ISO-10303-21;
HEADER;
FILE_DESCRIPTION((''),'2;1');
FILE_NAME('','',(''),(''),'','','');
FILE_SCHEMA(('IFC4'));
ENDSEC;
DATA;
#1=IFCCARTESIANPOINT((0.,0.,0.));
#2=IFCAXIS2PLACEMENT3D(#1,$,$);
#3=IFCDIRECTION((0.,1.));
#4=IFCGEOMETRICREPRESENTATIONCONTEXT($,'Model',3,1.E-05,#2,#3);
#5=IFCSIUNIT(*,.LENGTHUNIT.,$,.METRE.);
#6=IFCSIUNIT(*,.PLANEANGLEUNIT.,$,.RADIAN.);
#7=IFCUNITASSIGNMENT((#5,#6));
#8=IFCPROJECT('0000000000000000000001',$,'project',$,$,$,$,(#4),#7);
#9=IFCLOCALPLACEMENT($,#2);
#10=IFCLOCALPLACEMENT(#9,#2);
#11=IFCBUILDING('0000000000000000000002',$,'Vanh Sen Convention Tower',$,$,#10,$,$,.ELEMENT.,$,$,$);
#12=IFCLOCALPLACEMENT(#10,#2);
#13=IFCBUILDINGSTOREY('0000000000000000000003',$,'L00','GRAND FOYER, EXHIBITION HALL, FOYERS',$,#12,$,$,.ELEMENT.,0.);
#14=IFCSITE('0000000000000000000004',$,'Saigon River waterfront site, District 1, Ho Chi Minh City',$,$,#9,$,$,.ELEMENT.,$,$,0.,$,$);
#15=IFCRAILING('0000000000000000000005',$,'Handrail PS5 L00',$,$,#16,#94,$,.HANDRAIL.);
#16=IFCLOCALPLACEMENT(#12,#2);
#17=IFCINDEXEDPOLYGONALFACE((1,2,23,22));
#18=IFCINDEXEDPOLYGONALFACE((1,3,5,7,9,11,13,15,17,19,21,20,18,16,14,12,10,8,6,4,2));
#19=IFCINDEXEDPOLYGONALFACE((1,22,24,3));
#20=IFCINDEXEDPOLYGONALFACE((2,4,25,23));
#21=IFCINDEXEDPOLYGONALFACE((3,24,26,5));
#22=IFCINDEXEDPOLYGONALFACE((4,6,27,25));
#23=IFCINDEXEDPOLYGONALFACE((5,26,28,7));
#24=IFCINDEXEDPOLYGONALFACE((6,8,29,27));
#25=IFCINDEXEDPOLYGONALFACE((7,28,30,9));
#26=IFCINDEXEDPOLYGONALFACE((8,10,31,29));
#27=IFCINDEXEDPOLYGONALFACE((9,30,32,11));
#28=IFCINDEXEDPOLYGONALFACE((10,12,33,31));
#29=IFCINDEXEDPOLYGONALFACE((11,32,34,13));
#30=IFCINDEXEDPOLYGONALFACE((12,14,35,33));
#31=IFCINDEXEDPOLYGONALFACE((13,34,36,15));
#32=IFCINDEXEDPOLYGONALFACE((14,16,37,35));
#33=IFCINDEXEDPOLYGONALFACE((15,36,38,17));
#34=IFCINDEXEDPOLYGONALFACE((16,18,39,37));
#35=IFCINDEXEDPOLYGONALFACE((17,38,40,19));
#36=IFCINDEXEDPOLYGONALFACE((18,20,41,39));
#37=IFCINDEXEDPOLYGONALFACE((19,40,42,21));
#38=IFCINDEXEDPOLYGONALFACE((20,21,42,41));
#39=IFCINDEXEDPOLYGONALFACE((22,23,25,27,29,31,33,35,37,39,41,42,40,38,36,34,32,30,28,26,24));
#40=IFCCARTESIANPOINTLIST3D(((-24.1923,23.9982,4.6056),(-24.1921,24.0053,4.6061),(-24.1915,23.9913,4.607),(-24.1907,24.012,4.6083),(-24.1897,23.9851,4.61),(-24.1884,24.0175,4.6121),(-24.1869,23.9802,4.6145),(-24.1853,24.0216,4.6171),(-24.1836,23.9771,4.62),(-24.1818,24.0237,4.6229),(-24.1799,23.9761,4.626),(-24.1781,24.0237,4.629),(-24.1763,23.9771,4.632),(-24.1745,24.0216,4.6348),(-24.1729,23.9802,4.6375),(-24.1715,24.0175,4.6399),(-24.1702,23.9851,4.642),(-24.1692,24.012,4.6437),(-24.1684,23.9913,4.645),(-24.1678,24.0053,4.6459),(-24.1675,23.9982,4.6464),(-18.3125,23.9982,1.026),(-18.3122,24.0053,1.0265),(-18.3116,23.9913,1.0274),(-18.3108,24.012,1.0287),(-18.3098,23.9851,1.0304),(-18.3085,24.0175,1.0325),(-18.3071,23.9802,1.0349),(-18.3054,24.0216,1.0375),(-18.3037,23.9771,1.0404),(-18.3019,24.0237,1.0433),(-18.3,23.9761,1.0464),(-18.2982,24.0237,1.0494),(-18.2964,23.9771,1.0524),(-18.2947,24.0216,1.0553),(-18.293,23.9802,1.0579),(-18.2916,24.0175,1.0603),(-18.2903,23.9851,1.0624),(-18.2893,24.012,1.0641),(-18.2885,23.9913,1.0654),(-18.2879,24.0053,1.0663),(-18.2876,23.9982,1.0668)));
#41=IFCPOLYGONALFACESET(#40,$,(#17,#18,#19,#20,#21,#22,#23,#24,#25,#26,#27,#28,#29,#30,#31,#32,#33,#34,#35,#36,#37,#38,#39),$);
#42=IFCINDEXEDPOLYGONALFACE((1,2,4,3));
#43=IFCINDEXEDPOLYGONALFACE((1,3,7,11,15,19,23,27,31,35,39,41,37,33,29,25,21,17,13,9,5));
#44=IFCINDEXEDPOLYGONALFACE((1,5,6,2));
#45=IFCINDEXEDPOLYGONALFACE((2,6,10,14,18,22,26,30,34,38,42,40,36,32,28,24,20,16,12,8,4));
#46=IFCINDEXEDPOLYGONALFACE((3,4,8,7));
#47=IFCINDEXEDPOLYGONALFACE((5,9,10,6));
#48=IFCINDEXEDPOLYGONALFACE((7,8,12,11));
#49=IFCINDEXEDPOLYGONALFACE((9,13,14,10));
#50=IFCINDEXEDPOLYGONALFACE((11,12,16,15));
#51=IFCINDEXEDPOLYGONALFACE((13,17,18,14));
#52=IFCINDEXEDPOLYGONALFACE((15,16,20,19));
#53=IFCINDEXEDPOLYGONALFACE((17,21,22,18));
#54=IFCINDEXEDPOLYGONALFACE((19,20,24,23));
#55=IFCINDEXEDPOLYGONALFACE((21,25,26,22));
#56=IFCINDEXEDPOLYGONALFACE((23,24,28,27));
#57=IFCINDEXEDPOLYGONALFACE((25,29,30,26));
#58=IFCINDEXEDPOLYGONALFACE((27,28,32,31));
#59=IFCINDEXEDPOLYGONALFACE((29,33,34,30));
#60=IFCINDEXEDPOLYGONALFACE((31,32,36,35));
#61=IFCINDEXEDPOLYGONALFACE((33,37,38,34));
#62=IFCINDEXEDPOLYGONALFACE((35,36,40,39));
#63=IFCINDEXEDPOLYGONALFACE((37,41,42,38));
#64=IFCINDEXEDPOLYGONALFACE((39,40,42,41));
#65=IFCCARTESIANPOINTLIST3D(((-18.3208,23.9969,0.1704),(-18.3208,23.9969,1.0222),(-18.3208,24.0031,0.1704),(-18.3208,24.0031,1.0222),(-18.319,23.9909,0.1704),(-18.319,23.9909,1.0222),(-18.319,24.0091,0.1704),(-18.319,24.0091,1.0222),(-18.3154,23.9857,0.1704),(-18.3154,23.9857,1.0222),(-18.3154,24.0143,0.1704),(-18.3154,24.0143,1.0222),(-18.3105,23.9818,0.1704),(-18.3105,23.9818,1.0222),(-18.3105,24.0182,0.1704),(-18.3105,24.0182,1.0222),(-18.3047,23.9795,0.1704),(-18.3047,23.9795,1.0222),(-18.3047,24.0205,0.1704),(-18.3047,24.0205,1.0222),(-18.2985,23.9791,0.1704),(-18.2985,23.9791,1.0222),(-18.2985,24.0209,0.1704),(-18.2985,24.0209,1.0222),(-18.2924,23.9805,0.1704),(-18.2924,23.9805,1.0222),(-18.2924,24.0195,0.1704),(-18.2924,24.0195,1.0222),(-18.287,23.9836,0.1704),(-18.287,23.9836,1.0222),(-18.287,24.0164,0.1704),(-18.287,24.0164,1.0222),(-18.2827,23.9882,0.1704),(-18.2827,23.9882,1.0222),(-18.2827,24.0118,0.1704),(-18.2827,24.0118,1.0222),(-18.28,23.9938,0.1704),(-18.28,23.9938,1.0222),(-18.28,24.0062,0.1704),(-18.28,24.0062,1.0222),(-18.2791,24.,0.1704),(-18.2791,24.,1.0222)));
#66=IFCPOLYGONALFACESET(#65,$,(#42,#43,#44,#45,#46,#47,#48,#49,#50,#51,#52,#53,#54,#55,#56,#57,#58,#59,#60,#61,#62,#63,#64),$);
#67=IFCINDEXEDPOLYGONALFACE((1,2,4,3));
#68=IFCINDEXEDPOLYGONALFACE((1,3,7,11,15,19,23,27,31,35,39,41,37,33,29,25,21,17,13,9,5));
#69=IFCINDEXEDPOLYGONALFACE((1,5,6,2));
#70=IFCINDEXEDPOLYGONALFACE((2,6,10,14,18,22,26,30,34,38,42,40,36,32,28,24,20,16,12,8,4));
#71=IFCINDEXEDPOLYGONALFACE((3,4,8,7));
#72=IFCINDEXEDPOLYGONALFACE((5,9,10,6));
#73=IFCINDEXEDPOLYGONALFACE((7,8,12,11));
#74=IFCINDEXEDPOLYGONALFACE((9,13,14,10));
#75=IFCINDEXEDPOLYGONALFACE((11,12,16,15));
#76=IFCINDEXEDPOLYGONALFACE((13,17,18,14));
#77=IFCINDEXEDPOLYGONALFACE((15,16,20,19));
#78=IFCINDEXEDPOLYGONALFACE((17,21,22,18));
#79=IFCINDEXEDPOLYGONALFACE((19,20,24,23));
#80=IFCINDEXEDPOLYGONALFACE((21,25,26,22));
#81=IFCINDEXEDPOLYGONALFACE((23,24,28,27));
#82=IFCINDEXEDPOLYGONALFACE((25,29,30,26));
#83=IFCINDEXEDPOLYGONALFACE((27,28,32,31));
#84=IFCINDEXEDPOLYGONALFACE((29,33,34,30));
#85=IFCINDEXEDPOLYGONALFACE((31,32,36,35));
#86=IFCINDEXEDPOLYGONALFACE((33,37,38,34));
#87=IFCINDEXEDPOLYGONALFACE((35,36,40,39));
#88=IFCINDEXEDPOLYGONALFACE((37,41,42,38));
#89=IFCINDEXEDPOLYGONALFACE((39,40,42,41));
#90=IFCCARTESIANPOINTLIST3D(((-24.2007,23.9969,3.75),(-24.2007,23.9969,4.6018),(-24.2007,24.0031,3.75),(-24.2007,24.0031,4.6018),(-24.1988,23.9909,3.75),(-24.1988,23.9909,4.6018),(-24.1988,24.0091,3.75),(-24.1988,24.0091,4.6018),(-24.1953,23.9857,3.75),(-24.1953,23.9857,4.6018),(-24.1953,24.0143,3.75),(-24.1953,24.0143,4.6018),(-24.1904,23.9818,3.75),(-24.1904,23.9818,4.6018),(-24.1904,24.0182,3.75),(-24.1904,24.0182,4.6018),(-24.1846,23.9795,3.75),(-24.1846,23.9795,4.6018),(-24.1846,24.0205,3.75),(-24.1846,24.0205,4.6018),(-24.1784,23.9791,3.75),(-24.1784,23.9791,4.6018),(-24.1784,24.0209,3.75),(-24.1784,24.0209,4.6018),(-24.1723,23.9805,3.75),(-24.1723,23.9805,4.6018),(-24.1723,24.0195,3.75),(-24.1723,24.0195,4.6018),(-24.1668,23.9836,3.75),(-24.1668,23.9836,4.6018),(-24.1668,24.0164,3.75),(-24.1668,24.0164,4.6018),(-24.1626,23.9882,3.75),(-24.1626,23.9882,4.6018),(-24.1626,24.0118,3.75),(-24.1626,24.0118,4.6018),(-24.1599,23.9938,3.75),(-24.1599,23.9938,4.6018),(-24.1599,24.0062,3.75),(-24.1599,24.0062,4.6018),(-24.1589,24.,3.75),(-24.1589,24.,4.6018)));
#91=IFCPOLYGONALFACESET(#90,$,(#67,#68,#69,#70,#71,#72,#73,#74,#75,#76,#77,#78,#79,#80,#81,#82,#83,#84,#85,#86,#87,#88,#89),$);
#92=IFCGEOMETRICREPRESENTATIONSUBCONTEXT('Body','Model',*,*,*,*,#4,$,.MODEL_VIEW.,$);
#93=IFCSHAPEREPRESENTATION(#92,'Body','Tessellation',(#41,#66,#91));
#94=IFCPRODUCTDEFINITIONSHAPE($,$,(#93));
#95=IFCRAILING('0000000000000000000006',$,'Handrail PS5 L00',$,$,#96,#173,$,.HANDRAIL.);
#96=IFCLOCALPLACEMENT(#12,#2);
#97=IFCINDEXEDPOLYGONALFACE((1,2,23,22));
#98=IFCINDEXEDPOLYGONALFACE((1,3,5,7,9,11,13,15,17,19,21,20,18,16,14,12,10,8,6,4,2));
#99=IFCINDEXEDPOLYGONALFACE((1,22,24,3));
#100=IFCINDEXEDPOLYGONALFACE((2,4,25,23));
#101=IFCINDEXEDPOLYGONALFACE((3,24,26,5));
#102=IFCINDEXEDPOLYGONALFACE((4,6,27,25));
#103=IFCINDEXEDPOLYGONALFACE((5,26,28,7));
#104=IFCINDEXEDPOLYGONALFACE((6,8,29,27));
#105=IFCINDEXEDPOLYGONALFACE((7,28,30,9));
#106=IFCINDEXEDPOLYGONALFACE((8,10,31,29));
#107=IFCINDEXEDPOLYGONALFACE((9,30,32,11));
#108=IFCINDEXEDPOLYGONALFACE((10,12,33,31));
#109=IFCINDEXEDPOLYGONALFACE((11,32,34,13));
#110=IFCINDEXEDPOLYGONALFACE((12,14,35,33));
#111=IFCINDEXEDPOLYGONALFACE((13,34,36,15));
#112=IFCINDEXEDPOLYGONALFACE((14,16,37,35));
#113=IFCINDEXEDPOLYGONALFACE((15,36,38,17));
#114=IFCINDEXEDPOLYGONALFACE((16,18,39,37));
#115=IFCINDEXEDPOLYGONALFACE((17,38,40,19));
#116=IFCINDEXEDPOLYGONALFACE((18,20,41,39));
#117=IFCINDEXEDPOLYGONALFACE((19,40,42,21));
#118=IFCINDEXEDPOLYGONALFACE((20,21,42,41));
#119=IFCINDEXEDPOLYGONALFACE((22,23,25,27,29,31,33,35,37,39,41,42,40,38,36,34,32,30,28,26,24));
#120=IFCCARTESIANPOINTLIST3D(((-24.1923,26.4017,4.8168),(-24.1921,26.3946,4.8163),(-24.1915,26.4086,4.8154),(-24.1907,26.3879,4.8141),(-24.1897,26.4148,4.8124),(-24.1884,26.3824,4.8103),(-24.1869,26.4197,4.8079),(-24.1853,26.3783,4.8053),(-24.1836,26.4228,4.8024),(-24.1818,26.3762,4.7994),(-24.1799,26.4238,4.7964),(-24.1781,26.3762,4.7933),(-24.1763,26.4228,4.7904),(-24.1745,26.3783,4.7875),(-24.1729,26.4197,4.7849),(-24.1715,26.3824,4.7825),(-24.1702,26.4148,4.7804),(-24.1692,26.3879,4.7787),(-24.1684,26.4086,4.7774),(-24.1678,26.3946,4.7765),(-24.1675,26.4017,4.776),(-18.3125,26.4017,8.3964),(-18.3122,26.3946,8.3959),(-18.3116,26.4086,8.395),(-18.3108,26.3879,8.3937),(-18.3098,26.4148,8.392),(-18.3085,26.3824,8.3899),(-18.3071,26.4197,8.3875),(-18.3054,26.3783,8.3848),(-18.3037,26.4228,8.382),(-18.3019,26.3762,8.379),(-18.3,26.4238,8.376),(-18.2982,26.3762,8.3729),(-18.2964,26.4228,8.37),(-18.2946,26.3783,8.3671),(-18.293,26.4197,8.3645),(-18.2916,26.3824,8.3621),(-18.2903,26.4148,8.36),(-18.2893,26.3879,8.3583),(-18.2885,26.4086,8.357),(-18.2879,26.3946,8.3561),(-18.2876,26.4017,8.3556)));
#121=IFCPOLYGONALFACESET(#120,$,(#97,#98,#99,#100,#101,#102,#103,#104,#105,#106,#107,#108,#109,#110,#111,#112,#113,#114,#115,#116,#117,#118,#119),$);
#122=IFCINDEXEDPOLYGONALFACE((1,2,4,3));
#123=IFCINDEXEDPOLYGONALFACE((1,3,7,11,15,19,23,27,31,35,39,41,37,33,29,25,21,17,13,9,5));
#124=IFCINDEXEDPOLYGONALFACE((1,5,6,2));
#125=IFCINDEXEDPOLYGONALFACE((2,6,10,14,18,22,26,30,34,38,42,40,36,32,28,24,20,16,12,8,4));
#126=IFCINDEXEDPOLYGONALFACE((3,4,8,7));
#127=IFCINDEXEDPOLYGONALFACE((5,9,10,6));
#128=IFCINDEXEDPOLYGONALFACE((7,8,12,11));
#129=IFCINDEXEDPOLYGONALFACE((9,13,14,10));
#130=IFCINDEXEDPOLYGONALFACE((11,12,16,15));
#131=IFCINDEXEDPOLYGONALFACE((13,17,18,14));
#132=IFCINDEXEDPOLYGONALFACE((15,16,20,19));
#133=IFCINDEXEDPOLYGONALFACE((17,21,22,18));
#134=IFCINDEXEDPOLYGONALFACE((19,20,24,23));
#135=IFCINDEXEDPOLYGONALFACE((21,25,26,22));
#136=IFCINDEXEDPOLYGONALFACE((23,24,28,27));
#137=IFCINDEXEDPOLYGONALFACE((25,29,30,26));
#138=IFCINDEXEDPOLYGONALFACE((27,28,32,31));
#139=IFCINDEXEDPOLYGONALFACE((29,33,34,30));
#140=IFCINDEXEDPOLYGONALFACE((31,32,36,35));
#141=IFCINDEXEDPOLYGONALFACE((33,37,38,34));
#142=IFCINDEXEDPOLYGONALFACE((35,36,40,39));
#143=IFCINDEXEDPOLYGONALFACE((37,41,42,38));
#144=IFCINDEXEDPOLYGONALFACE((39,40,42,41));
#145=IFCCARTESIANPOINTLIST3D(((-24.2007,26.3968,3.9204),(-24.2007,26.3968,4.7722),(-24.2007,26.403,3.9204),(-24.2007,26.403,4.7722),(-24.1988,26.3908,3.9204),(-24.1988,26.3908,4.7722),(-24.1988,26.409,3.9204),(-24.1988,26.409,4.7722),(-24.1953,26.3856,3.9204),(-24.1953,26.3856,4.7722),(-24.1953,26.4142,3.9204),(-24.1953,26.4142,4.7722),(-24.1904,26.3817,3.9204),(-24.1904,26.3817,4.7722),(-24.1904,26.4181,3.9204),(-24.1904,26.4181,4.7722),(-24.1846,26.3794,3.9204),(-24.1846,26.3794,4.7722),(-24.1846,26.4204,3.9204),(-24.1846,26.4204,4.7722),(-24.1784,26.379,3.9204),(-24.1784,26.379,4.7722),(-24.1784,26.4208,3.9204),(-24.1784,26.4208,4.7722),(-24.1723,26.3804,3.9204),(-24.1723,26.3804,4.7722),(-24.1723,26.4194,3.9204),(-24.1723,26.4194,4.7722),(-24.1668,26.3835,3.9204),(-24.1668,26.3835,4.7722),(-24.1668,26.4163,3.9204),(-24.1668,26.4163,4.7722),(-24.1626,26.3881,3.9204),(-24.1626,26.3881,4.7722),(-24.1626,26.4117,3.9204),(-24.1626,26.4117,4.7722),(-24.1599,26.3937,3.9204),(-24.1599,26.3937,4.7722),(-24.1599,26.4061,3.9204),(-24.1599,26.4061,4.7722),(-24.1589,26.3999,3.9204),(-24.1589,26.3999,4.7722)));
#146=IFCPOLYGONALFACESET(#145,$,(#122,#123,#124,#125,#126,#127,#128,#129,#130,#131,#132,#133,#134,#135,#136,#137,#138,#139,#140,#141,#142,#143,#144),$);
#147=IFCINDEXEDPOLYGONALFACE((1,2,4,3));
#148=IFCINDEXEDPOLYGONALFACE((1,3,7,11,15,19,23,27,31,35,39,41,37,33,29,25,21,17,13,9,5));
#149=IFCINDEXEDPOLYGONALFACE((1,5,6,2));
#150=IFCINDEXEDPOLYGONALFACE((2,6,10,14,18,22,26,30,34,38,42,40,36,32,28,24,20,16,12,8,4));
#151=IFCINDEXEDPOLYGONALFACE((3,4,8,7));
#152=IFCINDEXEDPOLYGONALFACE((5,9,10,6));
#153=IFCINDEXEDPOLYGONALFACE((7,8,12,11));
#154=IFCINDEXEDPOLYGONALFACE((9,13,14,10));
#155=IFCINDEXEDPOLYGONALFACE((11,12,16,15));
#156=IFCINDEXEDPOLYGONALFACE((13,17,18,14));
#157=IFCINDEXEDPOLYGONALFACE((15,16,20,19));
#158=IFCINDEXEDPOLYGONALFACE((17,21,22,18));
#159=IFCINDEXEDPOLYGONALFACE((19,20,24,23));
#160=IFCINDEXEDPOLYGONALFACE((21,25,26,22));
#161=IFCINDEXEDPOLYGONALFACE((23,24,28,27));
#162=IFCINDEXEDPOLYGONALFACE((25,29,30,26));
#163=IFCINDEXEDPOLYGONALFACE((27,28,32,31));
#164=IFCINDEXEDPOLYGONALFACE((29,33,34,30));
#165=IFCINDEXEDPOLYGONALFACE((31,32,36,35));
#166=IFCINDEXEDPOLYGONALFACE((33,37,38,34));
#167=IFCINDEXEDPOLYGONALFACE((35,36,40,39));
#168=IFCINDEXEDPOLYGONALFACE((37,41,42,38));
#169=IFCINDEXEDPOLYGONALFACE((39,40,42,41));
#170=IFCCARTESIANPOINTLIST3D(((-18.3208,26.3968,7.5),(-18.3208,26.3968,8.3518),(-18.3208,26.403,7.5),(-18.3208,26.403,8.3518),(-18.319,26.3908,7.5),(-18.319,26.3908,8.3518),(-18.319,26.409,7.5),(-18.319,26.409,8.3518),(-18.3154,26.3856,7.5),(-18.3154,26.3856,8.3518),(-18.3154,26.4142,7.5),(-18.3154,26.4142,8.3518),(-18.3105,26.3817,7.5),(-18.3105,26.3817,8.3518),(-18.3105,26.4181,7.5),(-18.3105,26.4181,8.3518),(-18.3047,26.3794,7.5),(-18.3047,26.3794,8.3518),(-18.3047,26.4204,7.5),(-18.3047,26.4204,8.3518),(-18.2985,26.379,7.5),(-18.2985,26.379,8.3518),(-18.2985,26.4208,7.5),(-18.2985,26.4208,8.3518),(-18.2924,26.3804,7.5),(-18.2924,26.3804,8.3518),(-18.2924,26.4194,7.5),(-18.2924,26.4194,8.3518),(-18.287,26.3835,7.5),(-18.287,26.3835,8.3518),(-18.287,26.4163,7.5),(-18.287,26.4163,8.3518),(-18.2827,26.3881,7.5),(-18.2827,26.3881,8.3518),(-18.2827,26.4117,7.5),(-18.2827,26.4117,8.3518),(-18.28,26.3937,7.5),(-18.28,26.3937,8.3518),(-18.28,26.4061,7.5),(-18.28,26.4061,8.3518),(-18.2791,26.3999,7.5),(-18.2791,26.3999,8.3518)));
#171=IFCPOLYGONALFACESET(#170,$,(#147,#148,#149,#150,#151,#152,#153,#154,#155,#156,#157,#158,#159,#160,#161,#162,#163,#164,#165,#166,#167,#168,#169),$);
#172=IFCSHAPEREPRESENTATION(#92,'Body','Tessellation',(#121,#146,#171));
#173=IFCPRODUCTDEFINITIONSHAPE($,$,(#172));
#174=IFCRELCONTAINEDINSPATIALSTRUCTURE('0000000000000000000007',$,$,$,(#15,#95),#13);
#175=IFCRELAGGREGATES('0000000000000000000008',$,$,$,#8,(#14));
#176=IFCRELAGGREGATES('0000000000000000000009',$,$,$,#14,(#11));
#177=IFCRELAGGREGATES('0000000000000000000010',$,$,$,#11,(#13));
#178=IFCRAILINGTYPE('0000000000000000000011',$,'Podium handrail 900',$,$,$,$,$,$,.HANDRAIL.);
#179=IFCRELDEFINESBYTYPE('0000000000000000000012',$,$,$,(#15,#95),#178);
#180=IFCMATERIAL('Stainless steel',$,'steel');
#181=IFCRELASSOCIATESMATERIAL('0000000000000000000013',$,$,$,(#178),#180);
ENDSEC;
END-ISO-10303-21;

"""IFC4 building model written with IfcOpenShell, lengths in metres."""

from ifc_helpers import new_model, si_unit, direction, frame, origin, origin_2d, place, context, subcontext, project, spatial, circle, extrude, material, type_object, element, save


model = new_model("IFC4")

# Units and contexts
model_context = context("Model", 3, precision=1e-05, world=origin(), true_north=direction((0.0, 1.0)))
body_context = subcontext(model_context, "Body", "Model", "MODEL_VIEW")
ifc_project = project(units=[si_unit("LENGTHUNIT", "METRE"), si_unit("PLANEANGLEUNIT", "RADIAN")], contexts=[model_context])

# Site, building, storey
site_placement = place(None, origin())
site = spatial("IfcSite", under=ifc_project, at=site_placement, Name="Saigon River waterfront site, District 1, Ho Chi Minh City", CompositionType="ELEMENT", RefElevation=0.0)
building_placement = place(site_placement, origin())
building = spatial("IfcBuilding", under=site, at=building_placement, Name="Vanh Sen Convention Tower", CompositionType="ELEMENT")
storey_placement = place(building_placement, origin())
storey = spatial("IfcBuildingStorey", under=building, at=storey_placement, Name="L00", Description="GRAND FOYER, EXHIBITION HALL, FOYERS", CompositionType="ELEMENT", Elevation=0.0)

# Railings
ifc_material_1 = material(Name="Stainless steel", Category="steel")
railing_type = type_object("IfcRailingType", Name="Podium handrail 900", PredefinedType="HANDRAIL", material=ifc_material_1)
for number, where, name in (
    (1, (-18.3, 24.0, 0.1704), "Handrail PS5 L00"),
):
    element("IfcRailing", number, at=place(storey_placement, frame(where)), inside=storey, type_object=railing_type, Name=name, PredefinedType="HANDRAIL", context=body_context, shape_type="SweptSolid", body=[
        extrude(circle(Radius=0.0239, at=origin_2d()), frame((0.0, 0.0, 0.876), z_axis=(-0.854164, 0.0, 0.520003), x_axis=(0.0, -1.0, 0.0)), (0.0, 0.0, 1.0), 6.8838),
        extrude(circle(Radius=0.021, at=origin_2d()), origin(), (0.0, 0.0, 1.0), 0.8518),
        extrude(circle(Radius=0.021, at=origin_2d()), frame((-5.8799, 0.0, 3.5796)), (0.0, 0.0, 1.0), 0.8518),
    ])
for number, where, name in (
    (2, (-24.1799, 26.3999, 3.9204), "Handrail PS5 L00"),
):
    element("IfcRailing", number, at=place(storey_placement, frame(where)), inside=storey, type_object=railing_type, Name=name, PredefinedType="HANDRAIL", context=body_context, shape_type="SweptSolid", body=[
        extrude(circle(Radius=0.0239, at=origin_2d()), frame((0.0, 0.0, 0.876), z_axis=(0.854164, 0.0, 0.520003), x_axis=(0.0, 1.0, 0.0)), (0.0, 0.0, 1.0), 6.8838),
        extrude(circle(Radius=0.021, at=origin_2d()), origin(), (0.0, 0.0, 1.0), 0.8518),
        extrude(circle(Radius=0.021, at=origin_2d()), frame((5.8799, 0.0, 3.5796)), (0.0, 0.0, 1.0), 0.8518),
    ])

save(model, "model.ifc")
